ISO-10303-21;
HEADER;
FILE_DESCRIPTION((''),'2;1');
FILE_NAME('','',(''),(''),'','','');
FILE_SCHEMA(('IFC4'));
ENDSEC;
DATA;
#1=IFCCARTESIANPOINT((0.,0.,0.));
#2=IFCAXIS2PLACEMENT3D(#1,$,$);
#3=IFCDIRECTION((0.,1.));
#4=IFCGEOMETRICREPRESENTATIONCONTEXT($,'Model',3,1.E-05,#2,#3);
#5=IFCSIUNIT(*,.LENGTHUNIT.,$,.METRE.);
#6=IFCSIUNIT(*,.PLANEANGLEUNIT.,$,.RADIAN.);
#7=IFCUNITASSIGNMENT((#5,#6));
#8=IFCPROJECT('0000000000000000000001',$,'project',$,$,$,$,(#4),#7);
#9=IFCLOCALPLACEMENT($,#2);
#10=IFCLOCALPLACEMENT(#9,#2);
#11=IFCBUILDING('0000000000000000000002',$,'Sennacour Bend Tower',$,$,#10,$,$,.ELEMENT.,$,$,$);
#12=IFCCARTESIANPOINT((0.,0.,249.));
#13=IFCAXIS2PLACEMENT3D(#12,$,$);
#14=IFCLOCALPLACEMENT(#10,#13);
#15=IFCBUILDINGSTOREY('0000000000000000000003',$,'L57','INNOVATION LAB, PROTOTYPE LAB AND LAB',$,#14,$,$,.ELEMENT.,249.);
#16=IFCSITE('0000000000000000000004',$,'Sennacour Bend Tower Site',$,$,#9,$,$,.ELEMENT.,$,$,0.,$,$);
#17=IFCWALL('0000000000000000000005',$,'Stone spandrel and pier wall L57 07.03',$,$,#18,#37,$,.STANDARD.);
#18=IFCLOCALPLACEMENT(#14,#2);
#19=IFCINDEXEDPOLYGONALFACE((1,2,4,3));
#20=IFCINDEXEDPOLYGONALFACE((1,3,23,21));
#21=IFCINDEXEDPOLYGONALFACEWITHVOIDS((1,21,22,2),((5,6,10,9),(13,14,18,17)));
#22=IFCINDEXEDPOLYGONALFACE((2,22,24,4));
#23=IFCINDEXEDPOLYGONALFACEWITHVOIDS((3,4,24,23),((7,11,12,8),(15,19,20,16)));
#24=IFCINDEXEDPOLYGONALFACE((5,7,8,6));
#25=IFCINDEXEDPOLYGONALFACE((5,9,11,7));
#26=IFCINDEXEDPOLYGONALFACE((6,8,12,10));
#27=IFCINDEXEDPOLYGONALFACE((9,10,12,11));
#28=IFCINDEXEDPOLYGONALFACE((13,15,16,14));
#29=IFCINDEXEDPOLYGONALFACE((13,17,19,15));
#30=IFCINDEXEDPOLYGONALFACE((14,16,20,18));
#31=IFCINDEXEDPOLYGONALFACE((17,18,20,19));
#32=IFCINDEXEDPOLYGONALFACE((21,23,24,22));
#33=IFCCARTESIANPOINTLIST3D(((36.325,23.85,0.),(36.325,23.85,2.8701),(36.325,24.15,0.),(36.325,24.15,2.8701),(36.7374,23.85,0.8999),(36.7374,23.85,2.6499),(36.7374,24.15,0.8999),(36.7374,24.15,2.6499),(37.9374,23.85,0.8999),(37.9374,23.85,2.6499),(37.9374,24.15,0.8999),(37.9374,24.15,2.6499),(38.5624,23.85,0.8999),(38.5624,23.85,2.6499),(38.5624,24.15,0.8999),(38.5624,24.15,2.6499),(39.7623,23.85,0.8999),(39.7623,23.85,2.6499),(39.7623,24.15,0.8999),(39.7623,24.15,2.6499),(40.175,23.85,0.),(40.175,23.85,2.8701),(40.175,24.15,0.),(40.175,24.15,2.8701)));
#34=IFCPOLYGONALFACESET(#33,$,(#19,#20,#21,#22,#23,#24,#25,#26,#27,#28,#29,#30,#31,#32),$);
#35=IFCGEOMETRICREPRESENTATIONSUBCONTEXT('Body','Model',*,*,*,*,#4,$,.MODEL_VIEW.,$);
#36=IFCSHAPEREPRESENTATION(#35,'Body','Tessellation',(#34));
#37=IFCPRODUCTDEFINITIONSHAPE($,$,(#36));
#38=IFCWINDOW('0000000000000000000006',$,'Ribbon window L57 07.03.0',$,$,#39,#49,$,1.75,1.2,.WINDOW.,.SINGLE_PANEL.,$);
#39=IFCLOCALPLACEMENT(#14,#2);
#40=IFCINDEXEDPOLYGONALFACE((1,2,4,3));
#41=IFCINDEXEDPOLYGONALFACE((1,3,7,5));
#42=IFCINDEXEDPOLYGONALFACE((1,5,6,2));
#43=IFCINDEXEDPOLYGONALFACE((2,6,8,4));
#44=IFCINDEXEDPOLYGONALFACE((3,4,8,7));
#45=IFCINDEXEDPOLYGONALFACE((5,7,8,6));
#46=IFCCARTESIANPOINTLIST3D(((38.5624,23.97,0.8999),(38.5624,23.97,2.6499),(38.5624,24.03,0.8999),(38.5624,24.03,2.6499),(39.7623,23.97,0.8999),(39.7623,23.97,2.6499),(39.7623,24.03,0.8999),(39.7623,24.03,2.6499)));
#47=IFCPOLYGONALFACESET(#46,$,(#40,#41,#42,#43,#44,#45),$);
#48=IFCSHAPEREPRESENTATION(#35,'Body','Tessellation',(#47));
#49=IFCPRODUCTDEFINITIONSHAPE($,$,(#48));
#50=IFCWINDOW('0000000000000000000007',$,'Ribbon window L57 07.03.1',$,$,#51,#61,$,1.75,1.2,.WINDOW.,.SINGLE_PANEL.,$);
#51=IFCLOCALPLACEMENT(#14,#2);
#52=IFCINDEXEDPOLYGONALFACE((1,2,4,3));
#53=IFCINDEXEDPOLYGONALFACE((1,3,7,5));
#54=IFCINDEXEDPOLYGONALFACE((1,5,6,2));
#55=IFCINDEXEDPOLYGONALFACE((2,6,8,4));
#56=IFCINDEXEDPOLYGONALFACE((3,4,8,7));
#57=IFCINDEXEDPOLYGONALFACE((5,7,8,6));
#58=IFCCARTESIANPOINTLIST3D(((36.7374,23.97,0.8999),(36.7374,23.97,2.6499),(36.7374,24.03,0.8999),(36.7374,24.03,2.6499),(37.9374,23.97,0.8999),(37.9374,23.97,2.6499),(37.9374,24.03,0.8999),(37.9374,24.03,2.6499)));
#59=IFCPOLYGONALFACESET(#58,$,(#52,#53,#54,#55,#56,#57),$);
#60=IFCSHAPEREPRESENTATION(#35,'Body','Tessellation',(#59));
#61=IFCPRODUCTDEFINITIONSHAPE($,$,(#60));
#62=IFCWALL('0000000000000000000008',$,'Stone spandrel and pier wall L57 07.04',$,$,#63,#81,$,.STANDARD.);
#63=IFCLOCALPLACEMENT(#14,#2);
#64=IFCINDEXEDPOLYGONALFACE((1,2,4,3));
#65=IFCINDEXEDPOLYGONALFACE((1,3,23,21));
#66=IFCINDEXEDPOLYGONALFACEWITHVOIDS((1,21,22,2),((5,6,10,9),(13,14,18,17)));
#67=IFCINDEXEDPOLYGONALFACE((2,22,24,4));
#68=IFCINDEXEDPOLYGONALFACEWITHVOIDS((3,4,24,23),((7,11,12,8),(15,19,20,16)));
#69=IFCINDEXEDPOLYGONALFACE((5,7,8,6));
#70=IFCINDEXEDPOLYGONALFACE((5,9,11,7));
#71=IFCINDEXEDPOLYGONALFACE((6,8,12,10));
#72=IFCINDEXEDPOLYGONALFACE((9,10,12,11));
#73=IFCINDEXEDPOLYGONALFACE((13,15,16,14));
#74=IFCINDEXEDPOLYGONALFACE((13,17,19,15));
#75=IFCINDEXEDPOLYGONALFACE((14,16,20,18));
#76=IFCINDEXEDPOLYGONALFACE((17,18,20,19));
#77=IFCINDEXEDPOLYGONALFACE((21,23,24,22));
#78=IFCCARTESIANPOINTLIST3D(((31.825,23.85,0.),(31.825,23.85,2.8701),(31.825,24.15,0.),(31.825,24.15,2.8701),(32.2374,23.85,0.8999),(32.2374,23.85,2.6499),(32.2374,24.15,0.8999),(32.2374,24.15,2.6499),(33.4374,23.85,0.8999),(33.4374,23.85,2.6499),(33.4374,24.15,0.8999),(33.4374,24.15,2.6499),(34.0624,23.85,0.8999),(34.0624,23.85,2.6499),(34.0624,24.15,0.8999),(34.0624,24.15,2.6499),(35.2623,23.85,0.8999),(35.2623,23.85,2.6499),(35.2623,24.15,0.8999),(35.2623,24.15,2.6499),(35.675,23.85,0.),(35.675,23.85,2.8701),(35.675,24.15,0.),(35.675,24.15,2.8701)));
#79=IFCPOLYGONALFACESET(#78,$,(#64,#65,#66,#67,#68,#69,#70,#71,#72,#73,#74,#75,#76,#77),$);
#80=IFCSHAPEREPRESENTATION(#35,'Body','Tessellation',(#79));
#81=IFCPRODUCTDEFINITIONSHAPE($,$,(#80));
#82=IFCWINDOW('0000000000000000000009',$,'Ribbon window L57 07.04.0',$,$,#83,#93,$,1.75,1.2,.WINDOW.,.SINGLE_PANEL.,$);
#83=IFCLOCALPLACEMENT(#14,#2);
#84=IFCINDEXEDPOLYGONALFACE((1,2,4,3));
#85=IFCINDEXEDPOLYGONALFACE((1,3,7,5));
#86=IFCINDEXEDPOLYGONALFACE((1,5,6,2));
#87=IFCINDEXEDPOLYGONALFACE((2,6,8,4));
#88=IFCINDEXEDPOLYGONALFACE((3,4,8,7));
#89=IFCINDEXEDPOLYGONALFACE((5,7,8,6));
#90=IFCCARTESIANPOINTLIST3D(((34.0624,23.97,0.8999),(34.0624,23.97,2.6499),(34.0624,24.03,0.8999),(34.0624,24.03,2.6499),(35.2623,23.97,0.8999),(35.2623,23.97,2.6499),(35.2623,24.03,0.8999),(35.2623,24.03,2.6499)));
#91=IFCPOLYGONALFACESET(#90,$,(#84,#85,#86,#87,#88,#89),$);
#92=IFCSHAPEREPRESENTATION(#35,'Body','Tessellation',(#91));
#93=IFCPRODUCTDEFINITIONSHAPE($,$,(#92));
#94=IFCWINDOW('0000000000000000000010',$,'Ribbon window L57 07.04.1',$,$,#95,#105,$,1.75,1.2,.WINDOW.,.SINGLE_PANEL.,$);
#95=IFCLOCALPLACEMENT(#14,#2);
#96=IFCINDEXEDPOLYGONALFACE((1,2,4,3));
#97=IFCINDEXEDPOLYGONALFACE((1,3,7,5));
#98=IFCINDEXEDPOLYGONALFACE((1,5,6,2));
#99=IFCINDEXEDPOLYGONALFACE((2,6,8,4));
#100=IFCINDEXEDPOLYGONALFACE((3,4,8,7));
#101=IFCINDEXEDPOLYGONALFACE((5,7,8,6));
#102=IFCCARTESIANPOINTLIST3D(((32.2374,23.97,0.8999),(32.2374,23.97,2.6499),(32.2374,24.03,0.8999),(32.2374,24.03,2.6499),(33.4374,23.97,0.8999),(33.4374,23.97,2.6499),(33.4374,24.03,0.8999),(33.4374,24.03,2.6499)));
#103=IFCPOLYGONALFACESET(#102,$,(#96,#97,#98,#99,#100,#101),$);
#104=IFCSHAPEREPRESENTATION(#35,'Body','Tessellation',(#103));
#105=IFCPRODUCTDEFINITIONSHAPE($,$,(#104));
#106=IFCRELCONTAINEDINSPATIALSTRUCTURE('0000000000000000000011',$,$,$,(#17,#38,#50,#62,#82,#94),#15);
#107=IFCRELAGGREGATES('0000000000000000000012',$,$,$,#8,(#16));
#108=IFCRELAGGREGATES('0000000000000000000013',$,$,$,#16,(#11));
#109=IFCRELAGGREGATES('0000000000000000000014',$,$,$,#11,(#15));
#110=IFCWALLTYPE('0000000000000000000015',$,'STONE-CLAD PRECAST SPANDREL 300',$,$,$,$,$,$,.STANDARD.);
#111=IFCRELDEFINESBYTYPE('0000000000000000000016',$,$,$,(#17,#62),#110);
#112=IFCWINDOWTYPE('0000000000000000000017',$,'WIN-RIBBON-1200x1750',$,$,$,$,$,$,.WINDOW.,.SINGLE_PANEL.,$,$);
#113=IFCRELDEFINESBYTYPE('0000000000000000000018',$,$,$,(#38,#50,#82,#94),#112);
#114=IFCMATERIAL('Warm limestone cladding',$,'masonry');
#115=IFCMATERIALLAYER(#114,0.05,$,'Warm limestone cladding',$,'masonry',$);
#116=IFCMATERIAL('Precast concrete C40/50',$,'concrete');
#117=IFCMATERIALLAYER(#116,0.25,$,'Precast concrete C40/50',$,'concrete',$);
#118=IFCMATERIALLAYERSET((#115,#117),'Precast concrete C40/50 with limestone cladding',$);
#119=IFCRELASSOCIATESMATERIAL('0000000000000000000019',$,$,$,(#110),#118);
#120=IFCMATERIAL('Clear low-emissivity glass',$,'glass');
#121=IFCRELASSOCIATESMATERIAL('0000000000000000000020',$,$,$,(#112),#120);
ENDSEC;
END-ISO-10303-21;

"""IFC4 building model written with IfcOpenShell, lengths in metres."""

from ifc_helpers import new_model, si_unit, direction, frame, frame_2d, origin, place, context, subcontext, project, spatial, rectangle, extrude, material, layer, layer_set, type_object, element, fill, save


model = new_model("IFC4")

# Units and contexts
model_context = context("Model", 3, precision=1e-05, world=origin(), true_north=direction((0.0, 1.0)))
body_context = subcontext(model_context, "Body", "Model", "MODEL_VIEW")
ifc_project = project(units=[si_unit("LENGTHUNIT", "METRE"), si_unit("PLANEANGLEUNIT", "RADIAN")], contexts=[model_context])

# Site, building, storey
site_placement = place(None, origin())
site = spatial("IfcSite", under=ifc_project, at=site_placement, Name="Sennacour Bend Tower Site", CompositionType="ELEMENT", RefElevation=0.0)
building_placement = place(site_placement, origin())
building = spatial("IfcBuilding", under=site, at=building_placement, Name="Sennacour Bend Tower", CompositionType="ELEMENT")
storey_placement = place(building_placement, frame((0.0, 0.0, 249.0)))
storey = spatial("IfcBuildingStorey", under=building, at=storey_placement, Name="L57", Description="INNOVATION LAB, PROTOTYPE LAB AND LAB", CompositionType="ELEMENT", Elevation=249.0)

# Walls, openings, windows
ifc_material_1 = material(Name="Warm limestone cladding", Category="masonry")
ifc_layer_1 = layer(ifc_material_1, 0.05, Name="Warm limestone cladding", Category="masonry")
ifc_material_2 = material(Name="Precast concrete C40/50", Category="concrete")
ifc_layer_2 = layer(ifc_material_2, 0.25, Name="Precast concrete C40/50", Category="concrete")
ifc_layer_set_1 = layer_set([ifc_layer_1, ifc_layer_2], Name="Precast concrete C40/50 with limestone cladding")
wall_type_1 = type_object("IfcWallType", Name="STONE-CLAD PRECAST SPANDREL 300", PredefinedType="STANDARD", material=ifc_layer_set_1)
ifc_material_3 = material(Name="Clear low-emissivity glass", Category="glass")
window_type = type_object("IfcWindowType", Name="WIN-RIBBON-1200x1750", PartitioningType="SINGLE_PANEL", PredefinedType="WINDOW", material=ifc_material_3)
wall_1_placement = place(storey_placement, frame((40.175, 24.0, 0.0), z_axis=(0.0, 0.0, 1.0), x_axis=(-1.0, 0.0, 0.0)))
wall_1 = element("IfcWall", 1, at=wall_1_placement, inside=storey, type_object=wall_type_1, Name="Stone spandrel and pier wall L57 07.03", PredefinedType="STANDARD", context=body_context, shape_type="SweptSolid", body=[
    extrude(rectangle(XDim=3.8501, YDim=0.3, at=frame_2d((1.925, 0.0))), origin(), (0.0, 0.0, 1.0), 2.8701),
])
opening_1_placement = place(wall_1_placement, frame((0.4126, 0.0, 0.8999)))
opening_1 = element("IfcOpeningElement", 2, at=opening_1_placement, cuts=wall_1, PredefinedType="OPENING", context=body_context, shape_type="SweptSolid", body=[
    extrude(rectangle(XDim=1.2, YDim=1.75, at=frame_2d((0.6001, 0.875))), frame((0.0, 0.1602, 0.0), z_axis=(0.0, -1.0, 0.0), x_axis=(1.0, 0.0, 0.0)), (0.0, 0.0, 1.0), 0.3201),
])
opening_2_placement = place(wall_1_placement, frame((2.2375, 0.0, 0.8999)))
opening_2 = element("IfcOpeningElement", 3, at=opening_2_placement, cuts=wall_1, PredefinedType="OPENING", context=body_context, shape_type="SweptSolid", body=[
    extrude(rectangle(XDim=1.2, YDim=1.75, at=frame_2d((0.6001, 0.875))), frame((0.0, 0.1602, 0.0), z_axis=(0.0, -1.0, 0.0), x_axis=(1.0, 0.0, 0.0)), (0.0, 0.0, 1.0), 0.3201),
])
window_1_placement = place(opening_1_placement, origin())
window_1 = element("IfcWindow", 4, at=window_1_placement, inside=storey, type_object=window_type, Name="Ribbon window L57 07.03.0", OverallHeight=1.75, OverallWidth=1.2, PartitioningType="SINGLE_PANEL", PredefinedType="WINDOW", context=body_context, shape_type="SweptSolid", body=[
    extrude(rectangle(XDim=1.2, YDim=1.75, at=frame_2d((0.6001, 0.875))), frame((0.0, 0.03, 0.0), z_axis=(0.0, -1.0, 0.0), x_axis=(1.0, 0.0, 0.0)), (0.0, 0.0, 1.0), 0.0601),
])
fill(opening_1, window_1)
window_2_placement = place(opening_2_placement, origin())
window_2 = element("IfcWindow", 5, at=window_2_placement, inside=storey, type_object=window_type, Name="Ribbon window L57 07.03.1", OverallHeight=1.75, OverallWidth=1.2, PartitioningType="SINGLE_PANEL", PredefinedType="WINDOW", context=body_context, shape_type="SweptSolid", body=[
    extrude(rectangle(XDim=1.2, YDim=1.75, at=frame_2d((0.6001, 0.875))), frame((0.0, 0.03, 0.0), z_axis=(0.0, -1.0, 0.0), x_axis=(1.0, 0.0, 0.0)), (0.0, 0.0, 1.0), 0.0601),
])
fill(opening_2, window_2)
wall_2_placement = place(storey_placement, frame((35.675, 24.0, 0.0), z_axis=(0.0, 0.0, 1.0), x_axis=(-1.0, 0.0, 0.0)))
wall_2 = element("IfcWall", 6, at=wall_2_placement, inside=storey, type_object=wall_type_1, Name="Stone spandrel and pier wall L57 07.04", PredefinedType="STANDARD", context=body_context, shape_type="SweptSolid", body=[
    extrude(rectangle(XDim=3.8501, YDim=0.3, at=frame_2d((1.925, 0.0))), origin(), (0.0, 0.0, 1.0), 2.8701),
])
opening_3_placement = place(wall_2_placement, frame((0.4126, 0.0, 0.8999)))
opening_3 = element("IfcOpeningElement", 7, at=opening_3_placement, cuts=wall_2, PredefinedType="OPENING", context=body_context, shape_type="SweptSolid", body=[
    extrude(rectangle(XDim=1.2, YDim=1.75, at=frame_2d((0.6001, 0.875))), frame((0.0, 0.1602, 0.0), z_axis=(0.0, -1.0, 0.0), x_axis=(1.0, 0.0, 0.0)), (0.0, 0.0, 1.0), 0.3201),
])
opening_4_placement = place(wall_2_placement, frame((2.2375, 0.0, 0.8999)))
opening_4 = element("IfcOpeningElement", 8, at=opening_4_placement, cuts=wall_2, PredefinedType="OPENING", context=body_context, shape_type="SweptSolid", body=[
    extrude(rectangle(XDim=1.2, YDim=1.75, at=frame_2d((0.6001, 0.875))), frame((0.0, 0.1602, 0.0), z_axis=(0.0, -1.0, 0.0), x_axis=(1.0, 0.0, 0.0)), (0.0, 0.0, 1.0), 0.3201),
])
window_3_placement = place(opening_3_placement, origin())
window_3 = element("IfcWindow", 9, at=window_3_placement, inside=storey, type_object=window_type, Name="Ribbon window L57 07.04.0", OverallHeight=1.75, OverallWidth=1.2, PartitioningType="SINGLE_PANEL", PredefinedType="WINDOW", context=body_context, shape_type="SweptSolid", body=[
    extrude(rectangle(XDim=1.2, YDim=1.75, at=frame_2d((0.6001, 0.875))), frame((0.0, 0.03, 0.0), z_axis=(0.0, -1.0, 0.0), x_axis=(1.0, 0.0, 0.0)), (0.0, 0.0, 1.0), 0.0601),
])
fill(opening_3, window_3)
window_4_placement = place(opening_4_placement, origin())
window_4 = element("IfcWindow", 10, at=window_4_placement, inside=storey, type_object=window_type, Name="Ribbon window L57 07.04.1", OverallHeight=1.75, OverallWidth=1.2, PartitioningType="SINGLE_PANEL", PredefinedType="WINDOW", context=body_context, shape_type="SweptSolid", body=[
    extrude(rectangle(XDim=1.2, YDim=1.75, at=frame_2d((0.6001, 0.875))), frame((0.0, 0.03, 0.0), z_axis=(0.0, -1.0, 0.0), x_axis=(1.0, 0.0, 0.0)), (0.0, 0.0, 1.0), 0.0601),
])
fill(opening_4, window_4)

save(model, "model.ifc")
